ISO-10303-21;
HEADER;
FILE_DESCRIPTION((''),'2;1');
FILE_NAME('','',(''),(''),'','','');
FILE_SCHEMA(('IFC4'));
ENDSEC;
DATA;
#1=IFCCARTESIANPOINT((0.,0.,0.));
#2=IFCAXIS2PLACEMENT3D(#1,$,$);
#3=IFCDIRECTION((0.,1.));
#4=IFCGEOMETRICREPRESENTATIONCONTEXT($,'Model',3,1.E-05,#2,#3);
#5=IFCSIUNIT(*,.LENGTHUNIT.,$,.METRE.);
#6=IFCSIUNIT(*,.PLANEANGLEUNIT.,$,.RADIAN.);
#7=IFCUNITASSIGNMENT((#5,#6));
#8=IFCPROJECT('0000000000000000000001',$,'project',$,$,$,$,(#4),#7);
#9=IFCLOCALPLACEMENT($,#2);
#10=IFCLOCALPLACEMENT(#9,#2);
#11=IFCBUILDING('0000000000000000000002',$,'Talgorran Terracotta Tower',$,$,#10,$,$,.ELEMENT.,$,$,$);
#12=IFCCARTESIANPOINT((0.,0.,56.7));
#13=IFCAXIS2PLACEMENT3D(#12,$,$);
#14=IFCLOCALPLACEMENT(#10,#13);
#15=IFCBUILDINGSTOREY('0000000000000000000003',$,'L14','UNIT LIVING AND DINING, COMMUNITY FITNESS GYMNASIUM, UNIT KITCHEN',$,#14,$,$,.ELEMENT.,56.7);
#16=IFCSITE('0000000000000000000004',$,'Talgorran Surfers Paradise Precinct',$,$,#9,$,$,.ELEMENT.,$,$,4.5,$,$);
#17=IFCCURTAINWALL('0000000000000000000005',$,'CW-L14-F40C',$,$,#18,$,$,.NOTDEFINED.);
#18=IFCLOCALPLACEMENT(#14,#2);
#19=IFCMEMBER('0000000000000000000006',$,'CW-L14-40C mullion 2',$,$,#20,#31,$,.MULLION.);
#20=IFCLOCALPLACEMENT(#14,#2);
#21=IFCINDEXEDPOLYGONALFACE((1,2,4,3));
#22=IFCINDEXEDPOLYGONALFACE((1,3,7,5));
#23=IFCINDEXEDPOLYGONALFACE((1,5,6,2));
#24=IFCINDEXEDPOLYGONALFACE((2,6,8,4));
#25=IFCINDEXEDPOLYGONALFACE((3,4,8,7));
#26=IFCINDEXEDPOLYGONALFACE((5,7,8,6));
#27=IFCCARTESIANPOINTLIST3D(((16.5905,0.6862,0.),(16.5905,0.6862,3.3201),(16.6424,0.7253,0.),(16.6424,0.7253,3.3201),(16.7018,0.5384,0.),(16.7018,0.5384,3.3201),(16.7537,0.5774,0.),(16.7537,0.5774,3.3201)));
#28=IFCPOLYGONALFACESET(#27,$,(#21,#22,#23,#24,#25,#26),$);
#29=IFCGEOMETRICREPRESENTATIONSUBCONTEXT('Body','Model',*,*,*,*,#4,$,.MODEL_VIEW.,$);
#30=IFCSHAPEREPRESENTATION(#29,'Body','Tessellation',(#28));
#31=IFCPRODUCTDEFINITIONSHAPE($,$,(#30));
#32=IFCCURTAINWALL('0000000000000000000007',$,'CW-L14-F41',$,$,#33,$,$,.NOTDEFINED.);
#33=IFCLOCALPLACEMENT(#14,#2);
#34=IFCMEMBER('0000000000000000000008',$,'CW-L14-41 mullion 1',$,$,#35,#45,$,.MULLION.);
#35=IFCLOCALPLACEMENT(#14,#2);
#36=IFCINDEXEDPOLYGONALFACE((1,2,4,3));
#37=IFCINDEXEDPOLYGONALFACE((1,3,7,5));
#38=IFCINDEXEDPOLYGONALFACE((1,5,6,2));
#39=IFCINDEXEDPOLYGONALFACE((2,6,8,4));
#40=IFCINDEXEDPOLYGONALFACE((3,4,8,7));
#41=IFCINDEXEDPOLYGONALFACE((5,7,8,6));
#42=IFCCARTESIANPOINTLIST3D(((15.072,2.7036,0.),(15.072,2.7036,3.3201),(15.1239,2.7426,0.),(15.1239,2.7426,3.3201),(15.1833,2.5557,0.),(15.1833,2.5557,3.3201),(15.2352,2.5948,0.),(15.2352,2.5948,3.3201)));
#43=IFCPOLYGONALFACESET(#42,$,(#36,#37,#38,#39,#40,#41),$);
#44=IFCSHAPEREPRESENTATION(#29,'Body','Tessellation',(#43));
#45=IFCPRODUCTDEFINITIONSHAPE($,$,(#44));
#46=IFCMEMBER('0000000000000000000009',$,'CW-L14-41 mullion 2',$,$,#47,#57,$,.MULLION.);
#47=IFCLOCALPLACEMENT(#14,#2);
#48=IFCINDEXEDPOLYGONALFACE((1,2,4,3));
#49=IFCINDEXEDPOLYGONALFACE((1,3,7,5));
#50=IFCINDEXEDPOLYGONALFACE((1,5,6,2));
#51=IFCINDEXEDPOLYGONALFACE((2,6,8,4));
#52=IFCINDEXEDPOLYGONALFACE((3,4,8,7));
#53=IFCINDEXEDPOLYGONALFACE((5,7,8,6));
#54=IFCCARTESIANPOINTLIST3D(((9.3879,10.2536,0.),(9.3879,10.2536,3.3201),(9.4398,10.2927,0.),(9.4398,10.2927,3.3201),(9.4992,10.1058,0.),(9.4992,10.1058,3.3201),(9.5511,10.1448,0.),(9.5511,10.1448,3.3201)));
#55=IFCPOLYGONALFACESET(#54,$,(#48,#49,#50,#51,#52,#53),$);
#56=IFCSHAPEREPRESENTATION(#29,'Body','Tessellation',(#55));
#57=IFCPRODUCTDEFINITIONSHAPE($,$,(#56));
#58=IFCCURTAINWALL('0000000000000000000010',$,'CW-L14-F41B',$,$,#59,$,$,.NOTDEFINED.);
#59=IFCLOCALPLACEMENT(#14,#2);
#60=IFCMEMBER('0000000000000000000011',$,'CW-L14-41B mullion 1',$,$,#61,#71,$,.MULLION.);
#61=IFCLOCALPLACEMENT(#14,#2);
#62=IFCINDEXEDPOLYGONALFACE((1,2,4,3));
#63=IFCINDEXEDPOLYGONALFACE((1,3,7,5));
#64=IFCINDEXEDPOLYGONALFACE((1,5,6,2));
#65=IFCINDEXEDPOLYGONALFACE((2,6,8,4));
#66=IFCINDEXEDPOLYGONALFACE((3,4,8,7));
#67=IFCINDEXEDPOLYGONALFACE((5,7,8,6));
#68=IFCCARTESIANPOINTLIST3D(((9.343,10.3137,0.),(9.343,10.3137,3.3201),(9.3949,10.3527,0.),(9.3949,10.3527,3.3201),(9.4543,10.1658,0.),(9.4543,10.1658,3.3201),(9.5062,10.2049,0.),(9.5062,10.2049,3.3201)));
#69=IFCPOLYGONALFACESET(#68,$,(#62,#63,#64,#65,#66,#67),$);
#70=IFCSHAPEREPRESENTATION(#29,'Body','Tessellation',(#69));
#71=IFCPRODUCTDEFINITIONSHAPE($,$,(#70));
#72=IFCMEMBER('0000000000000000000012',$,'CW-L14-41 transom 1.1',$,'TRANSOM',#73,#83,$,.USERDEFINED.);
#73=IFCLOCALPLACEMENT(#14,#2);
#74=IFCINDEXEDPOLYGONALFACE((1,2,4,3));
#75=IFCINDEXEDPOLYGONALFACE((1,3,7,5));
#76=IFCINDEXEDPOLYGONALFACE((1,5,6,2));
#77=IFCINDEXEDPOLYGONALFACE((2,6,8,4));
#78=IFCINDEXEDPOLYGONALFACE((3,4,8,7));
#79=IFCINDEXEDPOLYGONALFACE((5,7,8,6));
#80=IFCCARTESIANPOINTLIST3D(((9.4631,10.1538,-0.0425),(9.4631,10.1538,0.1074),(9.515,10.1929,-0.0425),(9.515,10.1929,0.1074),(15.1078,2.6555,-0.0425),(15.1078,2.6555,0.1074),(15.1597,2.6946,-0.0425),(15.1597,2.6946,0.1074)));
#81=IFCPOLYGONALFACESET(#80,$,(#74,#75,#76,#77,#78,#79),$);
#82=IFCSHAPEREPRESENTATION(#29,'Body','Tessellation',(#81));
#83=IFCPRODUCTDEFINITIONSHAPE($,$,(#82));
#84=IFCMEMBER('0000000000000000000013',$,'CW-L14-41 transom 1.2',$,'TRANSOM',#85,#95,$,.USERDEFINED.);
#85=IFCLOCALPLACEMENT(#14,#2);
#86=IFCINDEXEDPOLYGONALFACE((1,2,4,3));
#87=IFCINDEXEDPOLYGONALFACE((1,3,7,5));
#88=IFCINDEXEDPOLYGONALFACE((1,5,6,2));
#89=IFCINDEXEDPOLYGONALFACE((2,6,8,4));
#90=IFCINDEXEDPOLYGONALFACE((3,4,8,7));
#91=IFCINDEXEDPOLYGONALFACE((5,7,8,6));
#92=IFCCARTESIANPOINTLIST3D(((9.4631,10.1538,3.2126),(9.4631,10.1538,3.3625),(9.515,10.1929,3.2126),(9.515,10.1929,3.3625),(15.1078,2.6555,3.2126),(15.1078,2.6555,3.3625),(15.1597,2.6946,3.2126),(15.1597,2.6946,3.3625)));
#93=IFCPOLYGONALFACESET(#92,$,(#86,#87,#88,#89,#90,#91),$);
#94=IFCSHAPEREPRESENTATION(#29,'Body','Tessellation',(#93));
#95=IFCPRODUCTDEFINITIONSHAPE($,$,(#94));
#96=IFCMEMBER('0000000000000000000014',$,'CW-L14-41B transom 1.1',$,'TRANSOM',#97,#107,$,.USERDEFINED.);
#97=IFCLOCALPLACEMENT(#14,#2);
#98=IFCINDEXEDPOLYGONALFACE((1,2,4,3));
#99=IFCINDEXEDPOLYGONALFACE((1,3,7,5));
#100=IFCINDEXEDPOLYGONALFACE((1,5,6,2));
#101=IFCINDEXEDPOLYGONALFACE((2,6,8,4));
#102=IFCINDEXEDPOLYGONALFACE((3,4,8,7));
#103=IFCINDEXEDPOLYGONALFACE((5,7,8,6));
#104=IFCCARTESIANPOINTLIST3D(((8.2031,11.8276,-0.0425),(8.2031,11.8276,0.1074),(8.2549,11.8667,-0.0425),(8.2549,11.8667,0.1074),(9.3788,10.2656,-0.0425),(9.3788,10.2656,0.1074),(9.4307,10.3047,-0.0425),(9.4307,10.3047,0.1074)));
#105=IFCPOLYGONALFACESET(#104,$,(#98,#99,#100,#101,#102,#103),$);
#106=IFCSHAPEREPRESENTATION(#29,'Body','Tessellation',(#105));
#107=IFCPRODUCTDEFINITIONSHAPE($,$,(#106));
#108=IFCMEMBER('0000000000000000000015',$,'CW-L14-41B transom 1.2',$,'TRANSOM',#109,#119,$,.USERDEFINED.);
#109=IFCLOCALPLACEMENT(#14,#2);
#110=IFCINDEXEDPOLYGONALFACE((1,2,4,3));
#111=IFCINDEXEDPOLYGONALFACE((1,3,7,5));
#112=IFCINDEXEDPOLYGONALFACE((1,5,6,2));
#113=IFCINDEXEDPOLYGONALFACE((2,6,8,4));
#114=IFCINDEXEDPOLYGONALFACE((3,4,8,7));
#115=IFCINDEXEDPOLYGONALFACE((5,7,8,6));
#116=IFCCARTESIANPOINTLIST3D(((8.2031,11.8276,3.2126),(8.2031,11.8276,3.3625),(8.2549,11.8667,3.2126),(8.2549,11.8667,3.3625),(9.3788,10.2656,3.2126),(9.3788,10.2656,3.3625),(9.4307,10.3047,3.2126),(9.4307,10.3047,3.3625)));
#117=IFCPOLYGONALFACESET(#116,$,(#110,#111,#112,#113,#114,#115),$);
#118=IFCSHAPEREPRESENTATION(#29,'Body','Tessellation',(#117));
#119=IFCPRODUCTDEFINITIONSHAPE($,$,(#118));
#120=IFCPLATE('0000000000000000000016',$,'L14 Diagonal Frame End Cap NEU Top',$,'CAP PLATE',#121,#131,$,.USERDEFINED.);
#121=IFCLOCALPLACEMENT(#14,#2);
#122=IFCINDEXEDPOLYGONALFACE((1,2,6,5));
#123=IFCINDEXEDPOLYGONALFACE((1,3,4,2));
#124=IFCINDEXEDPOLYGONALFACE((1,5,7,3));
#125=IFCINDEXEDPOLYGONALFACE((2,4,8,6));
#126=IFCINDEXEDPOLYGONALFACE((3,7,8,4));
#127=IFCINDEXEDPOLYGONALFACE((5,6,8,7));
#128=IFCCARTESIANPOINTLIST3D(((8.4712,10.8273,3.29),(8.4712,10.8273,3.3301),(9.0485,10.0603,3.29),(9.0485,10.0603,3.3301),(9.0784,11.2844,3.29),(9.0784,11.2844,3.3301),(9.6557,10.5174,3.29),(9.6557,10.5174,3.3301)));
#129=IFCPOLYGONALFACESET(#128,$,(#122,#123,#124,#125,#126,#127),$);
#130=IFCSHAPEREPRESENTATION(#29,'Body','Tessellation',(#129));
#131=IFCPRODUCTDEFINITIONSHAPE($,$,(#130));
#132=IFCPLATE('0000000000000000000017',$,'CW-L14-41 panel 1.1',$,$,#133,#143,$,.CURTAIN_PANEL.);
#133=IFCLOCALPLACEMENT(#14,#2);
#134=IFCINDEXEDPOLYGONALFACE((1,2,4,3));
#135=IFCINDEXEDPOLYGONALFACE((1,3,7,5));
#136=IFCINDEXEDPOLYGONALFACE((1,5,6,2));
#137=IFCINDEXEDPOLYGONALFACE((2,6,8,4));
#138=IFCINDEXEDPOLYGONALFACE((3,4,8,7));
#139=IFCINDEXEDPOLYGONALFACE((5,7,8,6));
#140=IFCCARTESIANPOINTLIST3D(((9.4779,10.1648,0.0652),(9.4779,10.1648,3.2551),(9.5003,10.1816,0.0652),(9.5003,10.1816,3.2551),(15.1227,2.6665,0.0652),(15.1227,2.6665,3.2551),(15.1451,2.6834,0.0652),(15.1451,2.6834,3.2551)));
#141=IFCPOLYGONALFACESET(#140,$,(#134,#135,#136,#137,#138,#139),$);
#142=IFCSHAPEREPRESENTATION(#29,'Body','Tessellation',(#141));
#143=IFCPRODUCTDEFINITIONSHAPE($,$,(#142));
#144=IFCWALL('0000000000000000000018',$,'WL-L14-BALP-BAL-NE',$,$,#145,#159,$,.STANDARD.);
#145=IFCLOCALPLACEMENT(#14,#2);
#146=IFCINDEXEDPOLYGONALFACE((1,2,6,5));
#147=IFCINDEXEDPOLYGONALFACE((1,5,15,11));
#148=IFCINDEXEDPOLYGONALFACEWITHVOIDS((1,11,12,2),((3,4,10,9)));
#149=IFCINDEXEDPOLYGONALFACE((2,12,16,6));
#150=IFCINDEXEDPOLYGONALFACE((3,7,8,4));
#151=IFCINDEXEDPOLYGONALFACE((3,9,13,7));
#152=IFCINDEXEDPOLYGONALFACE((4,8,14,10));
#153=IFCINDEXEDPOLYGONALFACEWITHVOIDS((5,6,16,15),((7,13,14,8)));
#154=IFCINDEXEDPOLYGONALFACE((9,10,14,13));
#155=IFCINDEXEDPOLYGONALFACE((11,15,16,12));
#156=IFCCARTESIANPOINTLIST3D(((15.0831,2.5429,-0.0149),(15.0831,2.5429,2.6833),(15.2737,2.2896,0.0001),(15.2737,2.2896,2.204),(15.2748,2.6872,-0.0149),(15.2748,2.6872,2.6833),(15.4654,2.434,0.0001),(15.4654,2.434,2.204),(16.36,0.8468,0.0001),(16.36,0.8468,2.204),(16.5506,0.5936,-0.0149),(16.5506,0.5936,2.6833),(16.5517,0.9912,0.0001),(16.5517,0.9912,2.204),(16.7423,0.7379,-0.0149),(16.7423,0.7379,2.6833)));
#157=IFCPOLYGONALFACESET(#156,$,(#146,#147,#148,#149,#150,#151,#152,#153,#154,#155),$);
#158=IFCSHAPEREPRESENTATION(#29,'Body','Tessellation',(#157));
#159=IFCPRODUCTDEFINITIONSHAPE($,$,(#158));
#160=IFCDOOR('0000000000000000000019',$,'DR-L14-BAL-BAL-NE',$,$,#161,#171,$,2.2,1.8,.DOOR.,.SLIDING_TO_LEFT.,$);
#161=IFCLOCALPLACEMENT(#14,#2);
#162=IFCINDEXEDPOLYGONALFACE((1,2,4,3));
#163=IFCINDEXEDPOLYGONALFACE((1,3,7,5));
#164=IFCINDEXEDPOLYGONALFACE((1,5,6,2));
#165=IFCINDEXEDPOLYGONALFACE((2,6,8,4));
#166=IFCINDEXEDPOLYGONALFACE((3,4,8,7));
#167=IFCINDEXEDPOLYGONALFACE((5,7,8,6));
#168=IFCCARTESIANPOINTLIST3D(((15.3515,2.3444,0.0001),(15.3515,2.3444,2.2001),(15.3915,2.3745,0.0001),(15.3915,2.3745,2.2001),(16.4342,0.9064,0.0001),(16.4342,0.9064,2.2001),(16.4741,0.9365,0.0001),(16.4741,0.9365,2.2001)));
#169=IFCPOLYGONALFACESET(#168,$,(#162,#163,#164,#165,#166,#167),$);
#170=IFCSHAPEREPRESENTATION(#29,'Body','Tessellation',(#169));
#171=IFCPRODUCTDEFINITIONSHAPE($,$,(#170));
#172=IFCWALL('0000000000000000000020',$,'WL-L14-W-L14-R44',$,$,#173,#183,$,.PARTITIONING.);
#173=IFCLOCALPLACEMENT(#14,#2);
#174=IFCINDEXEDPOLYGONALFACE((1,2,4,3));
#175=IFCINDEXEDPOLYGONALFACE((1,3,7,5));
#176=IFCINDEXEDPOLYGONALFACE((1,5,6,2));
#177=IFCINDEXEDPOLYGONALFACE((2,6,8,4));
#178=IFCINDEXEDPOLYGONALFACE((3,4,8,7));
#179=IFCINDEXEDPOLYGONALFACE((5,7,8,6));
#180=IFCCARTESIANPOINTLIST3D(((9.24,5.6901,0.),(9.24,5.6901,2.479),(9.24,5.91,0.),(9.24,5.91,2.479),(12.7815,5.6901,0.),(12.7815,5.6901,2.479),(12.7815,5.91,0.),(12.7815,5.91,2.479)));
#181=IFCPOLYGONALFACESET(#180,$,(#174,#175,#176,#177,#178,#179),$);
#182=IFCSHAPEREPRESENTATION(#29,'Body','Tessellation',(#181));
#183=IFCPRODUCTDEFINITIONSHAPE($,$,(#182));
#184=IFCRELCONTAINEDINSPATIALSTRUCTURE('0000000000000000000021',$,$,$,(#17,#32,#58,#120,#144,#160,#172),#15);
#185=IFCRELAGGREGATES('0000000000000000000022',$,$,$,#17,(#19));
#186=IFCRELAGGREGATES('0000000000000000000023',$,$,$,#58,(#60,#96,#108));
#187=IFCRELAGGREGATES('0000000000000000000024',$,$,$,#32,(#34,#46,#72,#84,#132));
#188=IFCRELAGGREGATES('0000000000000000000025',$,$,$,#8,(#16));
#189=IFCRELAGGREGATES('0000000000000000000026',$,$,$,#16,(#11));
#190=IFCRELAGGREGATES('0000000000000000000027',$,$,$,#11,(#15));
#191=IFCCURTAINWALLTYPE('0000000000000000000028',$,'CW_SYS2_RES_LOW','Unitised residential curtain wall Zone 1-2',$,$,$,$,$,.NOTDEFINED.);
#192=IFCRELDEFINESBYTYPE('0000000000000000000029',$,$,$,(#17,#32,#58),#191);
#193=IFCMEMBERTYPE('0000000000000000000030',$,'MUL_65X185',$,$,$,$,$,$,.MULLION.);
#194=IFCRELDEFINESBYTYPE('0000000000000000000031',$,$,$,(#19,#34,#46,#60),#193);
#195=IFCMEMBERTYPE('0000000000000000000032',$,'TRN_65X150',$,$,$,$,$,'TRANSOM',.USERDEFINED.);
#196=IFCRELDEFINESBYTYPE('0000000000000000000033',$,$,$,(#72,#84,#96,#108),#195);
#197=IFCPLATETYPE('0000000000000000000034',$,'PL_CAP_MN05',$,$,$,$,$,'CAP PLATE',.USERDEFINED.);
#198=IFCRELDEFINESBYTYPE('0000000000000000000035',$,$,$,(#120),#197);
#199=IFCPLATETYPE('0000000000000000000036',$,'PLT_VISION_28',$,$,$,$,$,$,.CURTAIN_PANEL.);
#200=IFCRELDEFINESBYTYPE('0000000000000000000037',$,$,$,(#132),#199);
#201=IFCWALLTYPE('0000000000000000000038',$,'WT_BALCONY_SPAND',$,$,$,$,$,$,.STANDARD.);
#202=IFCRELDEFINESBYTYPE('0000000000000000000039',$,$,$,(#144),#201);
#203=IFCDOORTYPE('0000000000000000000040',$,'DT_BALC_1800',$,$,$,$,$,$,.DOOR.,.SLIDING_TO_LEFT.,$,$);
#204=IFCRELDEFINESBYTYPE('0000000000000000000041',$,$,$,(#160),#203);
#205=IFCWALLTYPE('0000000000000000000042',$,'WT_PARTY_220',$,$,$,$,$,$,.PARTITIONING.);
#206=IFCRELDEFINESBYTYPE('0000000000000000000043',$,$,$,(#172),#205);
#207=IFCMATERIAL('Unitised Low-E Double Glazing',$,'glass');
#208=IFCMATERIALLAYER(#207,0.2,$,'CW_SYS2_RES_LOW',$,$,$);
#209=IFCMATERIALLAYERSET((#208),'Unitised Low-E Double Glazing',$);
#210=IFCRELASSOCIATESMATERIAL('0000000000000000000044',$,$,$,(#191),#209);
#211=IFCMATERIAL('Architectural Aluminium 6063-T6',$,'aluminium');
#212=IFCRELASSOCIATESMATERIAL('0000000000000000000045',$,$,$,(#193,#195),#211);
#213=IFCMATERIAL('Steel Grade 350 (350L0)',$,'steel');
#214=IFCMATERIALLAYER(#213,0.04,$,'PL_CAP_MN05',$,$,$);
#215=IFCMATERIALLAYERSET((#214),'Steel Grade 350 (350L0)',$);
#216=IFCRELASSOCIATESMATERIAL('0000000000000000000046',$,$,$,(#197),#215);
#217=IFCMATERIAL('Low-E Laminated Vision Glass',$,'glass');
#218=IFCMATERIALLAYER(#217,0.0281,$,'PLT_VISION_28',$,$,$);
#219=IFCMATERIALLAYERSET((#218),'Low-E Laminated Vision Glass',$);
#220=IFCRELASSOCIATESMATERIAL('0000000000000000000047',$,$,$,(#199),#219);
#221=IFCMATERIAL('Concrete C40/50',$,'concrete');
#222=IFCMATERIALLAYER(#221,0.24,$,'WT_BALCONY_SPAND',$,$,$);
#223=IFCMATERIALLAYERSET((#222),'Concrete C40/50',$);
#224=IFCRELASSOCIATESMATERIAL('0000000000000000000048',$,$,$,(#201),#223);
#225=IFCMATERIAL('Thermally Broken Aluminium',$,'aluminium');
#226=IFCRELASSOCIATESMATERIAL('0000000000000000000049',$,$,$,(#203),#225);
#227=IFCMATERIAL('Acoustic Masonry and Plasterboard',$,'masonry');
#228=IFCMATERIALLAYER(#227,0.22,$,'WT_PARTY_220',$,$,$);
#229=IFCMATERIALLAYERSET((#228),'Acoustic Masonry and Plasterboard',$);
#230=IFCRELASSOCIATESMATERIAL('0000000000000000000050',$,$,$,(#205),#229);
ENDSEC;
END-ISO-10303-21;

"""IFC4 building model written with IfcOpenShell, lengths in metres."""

from ifc_helpers import new_model, si_unit, direction, frame, frame_2d, origin, origin_2d, place, context, subcontext, project, spatial, rectangle, extrude, source, transform, mapped, material, layer, layer_set, material_profile, profile_set, type_object, type_shapes, element, fill, aggregate, save


model = new_model("IFC4")

# Units and contexts
model_context = context("Model", 3, precision=1e-05, world=origin(), true_north=direction((0.0, 1.0)))
body_context = subcontext(model_context, "Body", "Model", "MODEL_VIEW")
ifc_project = project(units=[si_unit("LENGTHUNIT", "METRE"), si_unit("PLANEANGLEUNIT", "RADIAN")], contexts=[model_context])

# Site, building, storey
site_placement = place(None, origin())
site = spatial("IfcSite", under=ifc_project, at=site_placement, Name="Talgorran Surfers Paradise Precinct", CompositionType="ELEMENT", RefElevation=4.5)
building_placement = place(site_placement, origin())
building = spatial("IfcBuilding", under=site, at=building_placement, Name="Talgorran Terracotta Tower", CompositionType="ELEMENT")
storey_placement = place(building_placement, frame((0.0, 0.0, 56.7)))
storey = spatial("IfcBuildingStorey", under=building, at=storey_placement, Name="L14", Description="UNIT LIVING AND DINING, COMMUNITY FITNESS GYMNASIUM, UNIT KITCHEN", CompositionType="ELEMENT", Elevation=56.7)

# Shared definitions
ifc_material_1 = material(Name="Steel Grade 350 (350L0)", Category="steel")

# Curtain wall, member
ifc_material_2 = material(Name="Unitised Low-E Double Glazing", Category="glass")
ifc_layer_1 = layer(ifc_material_2, 0.2, Name="CW_SYS2_RES_LOW")
ifc_layer_set_1 = layer_set([ifc_layer_1], Name="Unitised Low-E Double Glazing")
curtain_wall_type = type_object("IfcCurtainWallType", Name="CW_SYS2_RES_LOW", Description="Unitised residential curtain wall Zone 1-2", PredefinedType="NOTDEFINED", material=ifc_layer_set_1)
curtain_wall_1_placement = place(storey_placement, origin())
curtain_wall_1 = element("IfcCurtainWall", 1, at=curtain_wall_1_placement, inside=storey, type_object=curtain_wall_type, Name="CW-L14-F40C", PredefinedType="NOTDEFINED")
ifc_material_3 = material(Name="Architectural Aluminium 6063-T6", Category="aluminium")
ifc_material_profile_1 = material_profile(ifc_material_3, rectangle(XDim=0.0649, YDim=0.1851, at=origin_2d()), Name="CWM65X185")
ifc_profile_set_1 = profile_set([ifc_material_profile_1], Name="Architectural Aluminium 6063-T6")
member_type_1 = type_object("IfcMemberType", Name="MUL_65X185", PredefinedType="MULLION", material=ifc_profile_set_1)
member_1_placement = place(storey_placement, frame((16.6721, 0.6318, 0.0), z_axis=(0.0, 0.0, 1.0), x_axis=(-0.798915, -0.601444, 0.0)))
member_1 = element("IfcMember", 2, at=member_1_placement, type_object=member_type_1, Name="CW-L14-40C mullion 2", PredefinedType="MULLION", context=body_context, shape_type="SweptSolid", body=[
    extrude(rectangle(XDim=0.0649, YDim=0.1851, at=origin_2d()), origin(), (0.0, 0.0, 1.0), 3.3201),
])
aggregate(curtain_wall_1, [member_1])

# Curtain wall, members
curtain_wall_2_placement = place(storey_placement, origin())
curtain_wall_2 = element("IfcCurtainWall", 3, at=curtain_wall_2_placement, inside=storey, type_object=curtain_wall_type, Name="CW-L14-F41", PredefinedType="NOTDEFINED")
member_2_placement = place(storey_placement, frame((15.1536, 2.6492, 0.0), z_axis=(0.0, 0.0, 1.0), x_axis=(-0.798918, -0.60144, 0.0)))
member_2 = element("IfcMember", 4, at=member_2_placement, type_object=member_type_1, Name="CW-L14-41 mullion 1", PredefinedType="MULLION", context=body_context, shape_type="SweptSolid", body=[
    extrude(rectangle(XDim=0.0649, YDim=0.1851, at=origin_2d()), origin(), (0.0, 0.0, 1.0), 3.3201),
])
member_3_placement = place(storey_placement, frame((9.4695, 10.1992, 0.0), z_axis=(0.0, 0.0, 1.0), x_axis=(-0.798918, -0.60144, 0.0)))
member_3 = element("IfcMember", 5, at=member_3_placement, type_object=member_type_1, Name="CW-L14-41 mullion 2", PredefinedType="MULLION", context=body_context, shape_type="SweptSolid", body=[
    extrude(rectangle(XDim=0.0649, YDim=0.1851, at=origin_2d()), origin(), (0.0, 0.0, 1.0), 3.3201),
])

# Curtain wall, member
curtain_wall_3_placement = place(storey_placement, origin())
curtain_wall_3 = element("IfcCurtainWall", 6, at=curtain_wall_3_placement, inside=storey, type_object=curtain_wall_type, Name="CW-L14-F41B", PredefinedType="NOTDEFINED")
member_4_placement = place(storey_placement, frame((9.4246, 10.2593, 0.0), z_axis=(0.0, 0.0, 1.0), x_axis=(-0.798917, -0.601441, 0.0)))
member_4 = element("IfcMember", 7, at=member_4_placement, type_object=member_type_1, Name="CW-L14-41B mullion 1", PredefinedType="MULLION", context=body_context, shape_type="SweptSolid", body=[
    extrude(rectangle(XDim=0.0649, YDim=0.1851, at=origin_2d()), origin(), (0.0, 0.0, 1.0), 3.3201),
])

# Members
ifc_material_profile_2 = material_profile(ifc_material_3, rectangle(XDim=0.0649, YDim=0.1499, at=origin_2d()), Name="CWT65X150")
ifc_profile_set_2 = profile_set([ifc_material_profile_2], Name="Architectural Aluminium 6063-T6")
member_type_2 = type_object("IfcMemberType", Name="TRN_65X150", ElementType="TRANSOM", PredefinedType="USERDEFINED", material=ifc_profile_set_2)
member_5_placement = place(storey_placement, frame((15.1338, 2.675, 0.0325), z_axis=(-0.601435, 0.798922, 0.0), x_axis=(-0.798922, -0.601435, 0.0)))
member_5 = element("IfcMember", 8, at=member_5_placement, type_object=member_type_2, Name="CW-L14-41 transom 1.1", ObjectType="TRANSOM", PredefinedType="USERDEFINED", context=body_context, shape_type="SweptSolid", body=[
    extrude(rectangle(XDim=0.0649, YDim=0.1499, at=origin_2d()), origin(), (0.0, 0.0, 1.0), 9.3855),
])
member_6_placement = place(storey_placement, frame((15.1338, 2.675, 3.2876), z_axis=(-0.601435, 0.798922, 0.0), x_axis=(-0.798922, -0.601435, 0.0)))
member_6 = element("IfcMember", 9, at=member_6_placement, type_object=member_type_2, Name="CW-L14-41 transom 1.2", ObjectType="TRANSOM", PredefinedType="USERDEFINED", context=body_context, shape_type="SweptSolid", body=[
    extrude(rectangle(XDim=0.0649, YDim=0.1499, at=origin_2d()), origin(), (0.0, 0.0, 1.0), 9.3855),
])
member_7_placement = place(storey_placement, frame((9.4048, 10.2852, 0.0325), z_axis=(-0.601398, 0.79895, 0.0), x_axis=(-0.79895, -0.601398, 0.0)))
member_7 = element("IfcMember", 10, at=member_7_placement, type_object=member_type_2, Name="CW-L14-41B transom 1.1", ObjectType="TRANSOM", PredefinedType="USERDEFINED", context=body_context, shape_type="SweptSolid", body=[
    extrude(rectangle(XDim=0.0649, YDim=0.1499, at=origin_2d()), origin(), (0.0, 0.0, 1.0), 1.9551),
])
member_8_placement = place(storey_placement, frame((9.4048, 10.2852, 3.2876), z_axis=(-0.601398, 0.79895, 0.0), x_axis=(-0.79895, -0.601398, 0.0)))
member_8 = element("IfcMember", 11, at=member_8_placement, type_object=member_type_2, Name="CW-L14-41B transom 1.2", ObjectType="TRANSOM", PredefinedType="USERDEFINED", context=body_context, shape_type="SweptSolid", body=[
    extrude(rectangle(XDim=0.0649, YDim=0.1499, at=origin_2d()), origin(), (0.0, 0.0, 1.0), 1.9551),
])
aggregate(curtain_wall_3, [member_4, member_7, member_8])

# Plates
ifc_layer_2 = layer(ifc_material_1, 0.04, Name="PL_CAP_MN05")
ifc_layer_set_2 = layer_set([ifc_layer_2], Name="Steel Grade 350 (350L0)")
plate_type_1 = type_object("IfcPlateType", Name="PL_CAP_MN05", ElementType="CAP PLATE", PredefinedType="USERDEFINED", material=ifc_layer_set_2)
plate_1_placement = place(storey_placement, frame((9.0635, 10.6724, 3.29), z_axis=(0.0, 0.0, 1.0), x_axis=(0.601397, -0.798951, 0.0)))
element("IfcPlate", 12, at=plate_1_placement, inside=storey, type_object=plate_type_1, Name="L14 Diagonal Frame End Cap NEU Top", ObjectType="CAP PLATE", PredefinedType="USERDEFINED", context=body_context, shape_type="SweptSolid", body=[
    extrude(rectangle(XDim=0.96, YDim=0.76, at=origin_2d()), origin(), (0.0, 0.0, 1.0), 0.04),
])
ifc_material_4 = material(Name="Low-E Laminated Vision Glass", Category="glass")
ifc_layer_3 = layer(ifc_material_4, 0.0281, Name="PLT_VISION_28")
ifc_layer_set_3 = layer_set([ifc_layer_3], Name="Low-E Laminated Vision Glass")
plate_type_2 = type_object("IfcPlateType", Name="PLT_VISION_28", PredefinedType="CURTAIN_PANEL", material=ifc_layer_set_3)
shared_shape = source(origin(), body_context, "Body", "SweptSolid", [
    extrude(rectangle(XDim=9.3855, YDim=0.0281, at=origin_2d()), origin(), (0.0, 0.0, 1.0), 3.1899),
])
type_shapes(plate_type_2, [shared_shape])
plate_2_placement = place(storey_placement, frame((12.3115, 6.4241, 0.0652), z_axis=(0.0, 0.0, 1.0), x_axis=(-0.60144, 0.798918, 0.0)))
plate_2 = element("IfcPlate", 13, at=plate_2_placement, type_object=plate_type_2, Name="CW-L14-41 panel 1.1", PredefinedType="CURTAIN_PANEL", context=body_context, shape_type="MappedRepresentation", body=[
    mapped(shared_shape, transform((0.0, 0.0, 0.0), scale=1.0)),
])
aggregate(curtain_wall_2, [member_2, member_3, member_5, member_6, plate_2])

# Wall, opening, door
ifc_material_5 = material(Name="Concrete C40/50", Category="concrete")
ifc_layer_4 = layer(ifc_material_5, 0.24, Name="WT_BALCONY_SPAND")
ifc_layer_set_4 = layer_set([ifc_layer_4], Name="Concrete C40/50")
wall_type_1 = type_object("IfcWallType", Name="WT_BALCONY_SPAND", PredefinedType="STANDARD", material=ifc_layer_set_4)
wall_1_placement = place(storey_placement, frame((16.6465, 0.6658, -0.0149), z_axis=(0.0, 0.0, 1.0), x_axis=(-0.601472, 0.798894, 0.0)))
wall_1 = element("IfcWall", 14, at=wall_1_placement, inside=storey, type_object=wall_type_1, Name="WL-L14-BALP-BAL-NE", PredefinedType="STANDARD", context=body_context, shape_type="SweptSolid", body=[
    extrude(rectangle(XDim=2.4399, YDim=0.24, at=frame_2d((1.22, 0.0))), origin(), (0.0, 0.0, 1.0), 2.6982),
])
opening_placement = place(wall_1_placement, frame((0.3201, 0.0, 0.0149)))
opening = element("IfcOpeningElement", 15, at=opening_placement, cuts=wall_1, PredefinedType="OPENING", context=body_context, shape_type="SweptSolid", body=[
    extrude(rectangle(XDim=1.806, YDim=2.204, at=frame_2d((0.8999, 1.1021))), frame((0.0, 0.1299, 0.0), z_axis=(0.0, -1.0, 0.0), x_axis=(1.0, 0.0, 0.0)), (0.0, 0.0, 1.0), 0.26),
])
ifc_material_6 = material(Name="Thermally Broken Aluminium", Category="aluminium")
door_type = type_object("IfcDoorType", Name="DT_BALC_1800", OperationType="SLIDING_TO_LEFT", PredefinedType="DOOR", material=ifc_material_6)
door_placement = place(opening_placement, origin())
door = element("IfcDoor", 16, at=door_placement, inside=storey, type_object=door_type, Name="DR-L14-BAL-BAL-NE", OperationType="SLIDING_TO_LEFT", OverallHeight=2.2, OverallWidth=1.8, PredefinedType="DOOR", context=body_context, shape_type="SweptSolid", body=[
    extrude(rectangle(XDim=1.8, YDim=2.2, at=frame_2d((0.8999, 1.1001))), frame((0.0, 0.0249, 0.0), z_axis=(0.0, -1.0, 0.0), x_axis=(1.0, 0.0, 0.0)), (0.0, 0.0, 1.0), 0.05),
])
fill(opening, door)

# Wall
ifc_material_7 = material(Name="Acoustic Masonry and Plasterboard", Category="masonry")
ifc_layer_5 = layer(ifc_material_7, 0.22, Name="WT_PARTY_220")
ifc_layer_set_5 = layer_set([ifc_layer_5], Name="Acoustic Masonry and Plasterboard")
wall_type_2 = type_object("IfcWallType", Name="WT_PARTY_220", PredefinedType="PARTITIONING", material=ifc_layer_set_5)
wall_2_placement = place(storey_placement, frame((9.24, 5.8, 0.0), z_axis=(0.0, 0.0, 1.0), x_axis=(1.0, 0.0, 0.0)))
element("IfcWall", 17, at=wall_2_placement, inside=storey, type_object=wall_type_2, Name="WL-L14-W-L14-R44", PredefinedType="PARTITIONING", context=body_context, shape_type="SweptSolid", body=[
    extrude(rectangle(XDim=3.5415, YDim=0.22, at=frame_2d((1.7708, 0.0))), origin(), (0.0, 0.0, 1.0), 2.479),
])

save(model, "model.ifc")
